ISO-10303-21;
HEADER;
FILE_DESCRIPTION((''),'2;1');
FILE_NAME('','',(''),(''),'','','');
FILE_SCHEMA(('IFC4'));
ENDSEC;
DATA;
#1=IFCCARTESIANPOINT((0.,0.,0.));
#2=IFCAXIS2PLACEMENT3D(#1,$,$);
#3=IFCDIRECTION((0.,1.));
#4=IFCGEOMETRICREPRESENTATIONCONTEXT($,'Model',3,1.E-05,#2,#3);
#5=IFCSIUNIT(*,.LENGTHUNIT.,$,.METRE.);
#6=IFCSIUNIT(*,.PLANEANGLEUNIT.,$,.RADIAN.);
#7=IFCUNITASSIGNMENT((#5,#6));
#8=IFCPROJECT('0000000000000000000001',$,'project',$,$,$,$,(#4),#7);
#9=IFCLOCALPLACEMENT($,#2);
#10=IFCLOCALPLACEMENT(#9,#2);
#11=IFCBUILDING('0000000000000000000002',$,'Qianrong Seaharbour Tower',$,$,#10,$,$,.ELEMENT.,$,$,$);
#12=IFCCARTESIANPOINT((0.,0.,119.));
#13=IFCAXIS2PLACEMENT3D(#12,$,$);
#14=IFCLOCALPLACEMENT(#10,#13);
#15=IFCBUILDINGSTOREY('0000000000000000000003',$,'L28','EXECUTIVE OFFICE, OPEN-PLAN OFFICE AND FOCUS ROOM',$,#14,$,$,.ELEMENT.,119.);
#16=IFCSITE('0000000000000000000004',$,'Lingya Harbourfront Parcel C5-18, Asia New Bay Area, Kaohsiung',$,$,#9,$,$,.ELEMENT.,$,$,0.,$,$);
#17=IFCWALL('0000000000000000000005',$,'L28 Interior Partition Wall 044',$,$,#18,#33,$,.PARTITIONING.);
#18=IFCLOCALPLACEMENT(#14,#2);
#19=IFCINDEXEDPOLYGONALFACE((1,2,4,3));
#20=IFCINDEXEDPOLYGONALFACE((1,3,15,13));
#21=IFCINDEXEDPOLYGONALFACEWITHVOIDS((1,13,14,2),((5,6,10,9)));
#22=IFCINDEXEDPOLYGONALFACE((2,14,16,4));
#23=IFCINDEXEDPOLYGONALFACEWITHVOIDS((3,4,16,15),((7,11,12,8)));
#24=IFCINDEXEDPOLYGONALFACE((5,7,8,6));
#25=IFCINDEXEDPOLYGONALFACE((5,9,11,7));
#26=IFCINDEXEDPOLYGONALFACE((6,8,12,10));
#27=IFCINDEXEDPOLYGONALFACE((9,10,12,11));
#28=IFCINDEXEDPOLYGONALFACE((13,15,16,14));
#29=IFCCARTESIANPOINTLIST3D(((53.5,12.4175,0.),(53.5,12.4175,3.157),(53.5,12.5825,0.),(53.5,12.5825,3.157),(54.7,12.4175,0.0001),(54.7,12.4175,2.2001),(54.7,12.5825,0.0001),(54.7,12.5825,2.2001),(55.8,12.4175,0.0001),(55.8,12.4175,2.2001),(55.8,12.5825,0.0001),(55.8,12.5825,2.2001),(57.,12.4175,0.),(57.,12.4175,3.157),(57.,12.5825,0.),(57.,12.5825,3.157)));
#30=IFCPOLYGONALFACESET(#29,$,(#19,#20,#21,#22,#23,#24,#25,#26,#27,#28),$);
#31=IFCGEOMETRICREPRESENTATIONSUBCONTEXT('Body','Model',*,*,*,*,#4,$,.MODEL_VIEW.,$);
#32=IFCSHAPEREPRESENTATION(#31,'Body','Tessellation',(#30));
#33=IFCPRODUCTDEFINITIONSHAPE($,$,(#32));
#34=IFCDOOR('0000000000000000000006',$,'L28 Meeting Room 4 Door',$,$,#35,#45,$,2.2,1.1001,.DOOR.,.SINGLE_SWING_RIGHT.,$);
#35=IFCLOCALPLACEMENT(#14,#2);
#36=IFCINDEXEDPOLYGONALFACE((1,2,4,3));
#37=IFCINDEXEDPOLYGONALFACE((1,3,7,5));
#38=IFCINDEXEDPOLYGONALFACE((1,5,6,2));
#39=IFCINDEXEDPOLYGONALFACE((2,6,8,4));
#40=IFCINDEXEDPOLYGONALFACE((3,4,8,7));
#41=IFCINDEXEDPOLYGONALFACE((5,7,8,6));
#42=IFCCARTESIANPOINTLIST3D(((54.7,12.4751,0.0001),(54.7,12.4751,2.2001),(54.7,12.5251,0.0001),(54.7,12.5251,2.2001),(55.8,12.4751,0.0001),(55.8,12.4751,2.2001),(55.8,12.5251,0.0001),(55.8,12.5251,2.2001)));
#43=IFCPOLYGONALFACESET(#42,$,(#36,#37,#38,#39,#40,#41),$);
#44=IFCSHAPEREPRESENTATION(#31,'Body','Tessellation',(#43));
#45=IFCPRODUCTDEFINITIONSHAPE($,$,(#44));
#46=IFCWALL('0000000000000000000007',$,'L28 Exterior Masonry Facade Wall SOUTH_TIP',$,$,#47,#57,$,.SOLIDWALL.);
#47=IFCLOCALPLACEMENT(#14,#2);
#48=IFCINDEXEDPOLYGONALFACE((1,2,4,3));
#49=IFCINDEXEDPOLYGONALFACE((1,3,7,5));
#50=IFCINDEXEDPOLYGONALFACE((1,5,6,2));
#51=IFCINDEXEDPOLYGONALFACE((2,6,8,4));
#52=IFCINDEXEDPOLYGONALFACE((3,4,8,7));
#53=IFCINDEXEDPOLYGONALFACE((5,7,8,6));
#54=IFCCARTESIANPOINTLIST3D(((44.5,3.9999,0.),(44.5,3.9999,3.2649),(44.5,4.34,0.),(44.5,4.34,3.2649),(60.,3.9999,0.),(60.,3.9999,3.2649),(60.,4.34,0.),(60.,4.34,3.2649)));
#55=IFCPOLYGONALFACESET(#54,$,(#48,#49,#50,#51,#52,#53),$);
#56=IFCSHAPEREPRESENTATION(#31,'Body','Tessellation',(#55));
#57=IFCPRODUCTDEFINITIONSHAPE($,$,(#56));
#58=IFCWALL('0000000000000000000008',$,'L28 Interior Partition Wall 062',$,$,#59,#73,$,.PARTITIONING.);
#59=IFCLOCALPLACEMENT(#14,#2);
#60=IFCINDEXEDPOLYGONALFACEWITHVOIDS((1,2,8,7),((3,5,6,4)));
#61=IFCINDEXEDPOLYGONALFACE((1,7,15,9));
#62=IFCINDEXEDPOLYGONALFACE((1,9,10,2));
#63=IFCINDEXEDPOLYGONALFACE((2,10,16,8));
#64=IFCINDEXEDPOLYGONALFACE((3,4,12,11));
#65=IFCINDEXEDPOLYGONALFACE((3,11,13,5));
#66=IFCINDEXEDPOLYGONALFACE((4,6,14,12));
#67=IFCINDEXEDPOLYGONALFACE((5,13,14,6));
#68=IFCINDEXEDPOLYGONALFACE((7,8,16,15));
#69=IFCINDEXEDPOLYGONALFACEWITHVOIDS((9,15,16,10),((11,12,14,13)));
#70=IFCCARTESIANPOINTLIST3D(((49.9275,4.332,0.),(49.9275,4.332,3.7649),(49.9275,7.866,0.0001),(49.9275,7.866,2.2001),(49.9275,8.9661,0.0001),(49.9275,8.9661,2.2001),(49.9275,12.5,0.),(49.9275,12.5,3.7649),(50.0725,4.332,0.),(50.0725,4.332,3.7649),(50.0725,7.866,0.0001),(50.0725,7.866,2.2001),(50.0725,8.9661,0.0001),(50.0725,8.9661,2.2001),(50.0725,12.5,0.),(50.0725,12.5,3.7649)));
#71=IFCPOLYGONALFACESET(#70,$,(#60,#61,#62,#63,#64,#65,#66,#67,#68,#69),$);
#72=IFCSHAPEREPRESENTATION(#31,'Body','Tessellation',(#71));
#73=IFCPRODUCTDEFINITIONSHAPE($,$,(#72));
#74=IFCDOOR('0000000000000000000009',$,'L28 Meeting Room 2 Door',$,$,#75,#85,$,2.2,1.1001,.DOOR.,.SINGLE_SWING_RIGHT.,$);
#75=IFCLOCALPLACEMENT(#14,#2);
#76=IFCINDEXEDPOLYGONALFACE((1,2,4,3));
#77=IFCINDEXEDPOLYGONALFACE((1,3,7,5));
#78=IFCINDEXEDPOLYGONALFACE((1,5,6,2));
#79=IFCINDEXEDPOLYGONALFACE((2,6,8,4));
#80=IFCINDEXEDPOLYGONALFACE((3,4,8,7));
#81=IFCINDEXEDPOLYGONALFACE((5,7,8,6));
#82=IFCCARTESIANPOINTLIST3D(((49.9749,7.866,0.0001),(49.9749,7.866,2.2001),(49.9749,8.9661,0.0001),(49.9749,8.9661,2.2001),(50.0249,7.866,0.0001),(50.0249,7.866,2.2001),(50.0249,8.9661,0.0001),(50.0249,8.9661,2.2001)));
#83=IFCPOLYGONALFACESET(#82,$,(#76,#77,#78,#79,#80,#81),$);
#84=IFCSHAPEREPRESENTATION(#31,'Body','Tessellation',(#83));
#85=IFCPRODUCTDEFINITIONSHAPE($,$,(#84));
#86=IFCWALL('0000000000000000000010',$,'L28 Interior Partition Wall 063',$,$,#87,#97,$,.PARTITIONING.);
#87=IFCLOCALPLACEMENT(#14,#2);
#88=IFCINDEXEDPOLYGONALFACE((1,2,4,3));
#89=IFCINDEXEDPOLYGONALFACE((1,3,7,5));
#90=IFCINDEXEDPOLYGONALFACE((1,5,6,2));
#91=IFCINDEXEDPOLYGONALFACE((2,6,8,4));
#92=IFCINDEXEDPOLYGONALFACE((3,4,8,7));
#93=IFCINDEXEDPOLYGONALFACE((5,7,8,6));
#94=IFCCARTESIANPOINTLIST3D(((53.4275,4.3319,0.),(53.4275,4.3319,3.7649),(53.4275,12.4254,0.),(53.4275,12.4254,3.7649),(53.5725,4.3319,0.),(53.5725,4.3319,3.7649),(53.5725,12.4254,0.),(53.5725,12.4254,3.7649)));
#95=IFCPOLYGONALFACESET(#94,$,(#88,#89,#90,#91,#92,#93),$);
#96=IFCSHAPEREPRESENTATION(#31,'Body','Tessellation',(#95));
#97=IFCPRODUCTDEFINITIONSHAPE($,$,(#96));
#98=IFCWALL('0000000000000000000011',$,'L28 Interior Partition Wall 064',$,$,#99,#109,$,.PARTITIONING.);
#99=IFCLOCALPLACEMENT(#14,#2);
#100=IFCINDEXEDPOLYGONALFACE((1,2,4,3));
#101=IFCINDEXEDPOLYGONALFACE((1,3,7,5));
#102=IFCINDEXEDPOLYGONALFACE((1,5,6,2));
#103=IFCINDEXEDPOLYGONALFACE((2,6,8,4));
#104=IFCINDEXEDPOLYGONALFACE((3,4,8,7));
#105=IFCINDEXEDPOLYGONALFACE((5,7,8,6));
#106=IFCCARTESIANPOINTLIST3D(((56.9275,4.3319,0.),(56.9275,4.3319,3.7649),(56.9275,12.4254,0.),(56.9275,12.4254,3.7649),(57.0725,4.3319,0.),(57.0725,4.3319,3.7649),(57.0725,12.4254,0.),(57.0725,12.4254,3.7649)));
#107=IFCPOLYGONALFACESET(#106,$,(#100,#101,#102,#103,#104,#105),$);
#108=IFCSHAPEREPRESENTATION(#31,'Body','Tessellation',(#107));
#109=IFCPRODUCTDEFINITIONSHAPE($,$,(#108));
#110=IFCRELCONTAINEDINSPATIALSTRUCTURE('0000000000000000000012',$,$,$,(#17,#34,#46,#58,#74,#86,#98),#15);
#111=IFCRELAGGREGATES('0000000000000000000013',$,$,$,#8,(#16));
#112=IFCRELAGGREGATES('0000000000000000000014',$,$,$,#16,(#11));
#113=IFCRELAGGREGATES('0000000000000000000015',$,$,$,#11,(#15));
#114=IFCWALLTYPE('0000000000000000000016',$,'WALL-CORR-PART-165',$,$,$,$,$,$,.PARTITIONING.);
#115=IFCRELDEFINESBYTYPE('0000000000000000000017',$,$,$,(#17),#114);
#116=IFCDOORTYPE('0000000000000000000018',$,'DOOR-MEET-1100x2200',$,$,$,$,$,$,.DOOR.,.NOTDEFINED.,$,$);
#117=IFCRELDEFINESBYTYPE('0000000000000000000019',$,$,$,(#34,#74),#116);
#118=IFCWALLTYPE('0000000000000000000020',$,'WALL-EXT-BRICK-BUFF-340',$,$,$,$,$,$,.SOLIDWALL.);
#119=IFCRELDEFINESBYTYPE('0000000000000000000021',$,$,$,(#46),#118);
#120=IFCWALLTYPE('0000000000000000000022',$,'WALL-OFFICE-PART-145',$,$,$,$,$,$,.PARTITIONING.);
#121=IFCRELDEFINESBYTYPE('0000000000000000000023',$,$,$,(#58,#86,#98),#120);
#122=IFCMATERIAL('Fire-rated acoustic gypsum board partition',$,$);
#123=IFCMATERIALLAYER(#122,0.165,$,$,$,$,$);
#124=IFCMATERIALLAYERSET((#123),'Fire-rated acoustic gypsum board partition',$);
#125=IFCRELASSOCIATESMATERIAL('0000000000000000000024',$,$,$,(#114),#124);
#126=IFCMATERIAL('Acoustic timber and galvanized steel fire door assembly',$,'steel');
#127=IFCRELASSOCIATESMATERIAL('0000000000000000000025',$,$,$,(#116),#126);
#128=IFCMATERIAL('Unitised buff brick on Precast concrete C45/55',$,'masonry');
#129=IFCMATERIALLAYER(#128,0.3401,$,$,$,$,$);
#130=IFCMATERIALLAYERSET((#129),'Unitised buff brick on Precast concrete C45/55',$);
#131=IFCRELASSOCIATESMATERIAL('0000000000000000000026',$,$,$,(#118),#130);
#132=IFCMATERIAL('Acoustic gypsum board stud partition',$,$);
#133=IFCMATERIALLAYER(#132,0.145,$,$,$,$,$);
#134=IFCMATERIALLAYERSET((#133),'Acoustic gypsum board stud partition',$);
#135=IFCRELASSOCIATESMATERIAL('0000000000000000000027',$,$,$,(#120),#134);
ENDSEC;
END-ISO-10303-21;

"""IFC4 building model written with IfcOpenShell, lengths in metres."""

from ifc_helpers import new_model, si_unit, direction, frame, frame_2d, origin, place, context, subcontext, project, spatial, rectangle, extrude, material, layer, layer_set, type_object, element, fill, save


model = new_model("IFC4")

# Units and contexts
model_context = context("Model", 3, precision=1e-05, world=origin(), true_north=direction((0.0, 1.0)))
body_context = subcontext(model_context, "Body", "Model", "MODEL_VIEW")
ifc_project = project(units=[si_unit("LENGTHUNIT", "METRE"), si_unit("PLANEANGLEUNIT", "RADIAN")], contexts=[model_context])

# Site, building, storey
site_placement = place(None, origin())
site = spatial("IfcSite", under=ifc_project, at=site_placement, Name="Lingya Harbourfront Parcel C5-18, Asia New Bay Area, Kaohsiung", CompositionType="ELEMENT", RefElevation=0.0)
building_placement = place(site_placement, origin())
building = spatial("IfcBuilding", under=site, at=building_placement, Name="Qianrong Seaharbour Tower", CompositionType="ELEMENT")
storey_placement = place(building_placement, frame((0.0, 0.0, 119.0)))
storey = spatial("IfcBuildingStorey", under=building, at=storey_placement, Name="L28", Description="EXECUTIVE OFFICE, OPEN-PLAN OFFICE AND FOCUS ROOM", CompositionType="ELEMENT", Elevation=119.0)

# Wall, opening, door
ifc_material_1 = material(Name="Fire-rated acoustic gypsum board partition")
ifc_layer_1 = layer(ifc_material_1, 0.165)
ifc_layer_set_1 = layer_set([ifc_layer_1], Name="Fire-rated acoustic gypsum board partition")
wall_type_1 = type_object("IfcWallType", Name="WALL-CORR-PART-165", PredefinedType="PARTITIONING", material=ifc_layer_set_1)
ifc_material_2 = material(Name="Acoustic timber and galvanized steel fire door assembly", Category="steel")
wall_1_placement = place(storey_placement, frame((57.0, 12.5, 0.0), z_axis=(0.0, 0.0, 1.0), x_axis=(-1.0, 0.0, 0.0)))
wall_1 = element("IfcWall", 1, at=wall_1_placement, inside=storey, type_object=wall_type_1, Name="L28 Interior Partition Wall 044", PredefinedType="PARTITIONING", context=body_context, shape_type="SweptSolid", body=[
    extrude(rectangle(XDim=3.5, YDim=0.165, at=frame_2d((1.75, 0.0))), origin(), (0.0, 0.0, 1.0), 3.157),
])
opening_1_placement = place(wall_1_placement, frame((1.2, 0.0, 0.0)))
opening_1 = element("IfcOpeningElement", 2, at=opening_1_placement, cuts=wall_1, PredefinedType="OPENING", context=body_context, shape_type="SweptSolid", body=[
    extrude(rectangle(XDim=1.1001, YDim=2.2, at=frame_2d((0.55, 1.1001))), frame((0.0, 0.0925, 0.0), z_axis=(0.0, -1.0, 0.0), x_axis=(1.0, 0.0, 0.0)), (0.0, 0.0, 1.0), 0.1851),
])
door_type_1 = type_object("IfcDoorType", Name="DOOR-MEET-1100x2200", OperationType="NOTDEFINED", PredefinedType="DOOR", material=ifc_material_2)
door_1_placement = place(opening_1_placement, origin())
door_1 = element("IfcDoor", 3, at=door_1_placement, inside=storey, type_object=door_type_1, Name="L28 Meeting Room 4 Door", OperationType="SINGLE_SWING_RIGHT", OverallHeight=2.2, OverallWidth=1.1001, PredefinedType="DOOR", context=body_context, shape_type="SweptSolid", body=[
    extrude(rectangle(XDim=1.1001, YDim=2.2, at=frame_2d((0.55, 1.1001))), frame((0.0, 0.0249, 0.0), z_axis=(0.0, -1.0, 0.0), x_axis=(1.0, 0.0, 0.0)), (0.0, 0.0, 1.0), 0.05),
])
fill(opening_1, door_1)

# Wall
ifc_material_3 = material(Name="Unitised buff brick on Precast concrete C45/55", Category="masonry")
ifc_layer_2 = layer(ifc_material_3, 0.3401)
ifc_layer_set_2 = layer_set([ifc_layer_2], Name="Unitised buff brick on Precast concrete C45/55")
wall_type_2 = type_object("IfcWallType", Name="WALL-EXT-BRICK-BUFF-340", PredefinedType="SOLIDWALL", material=ifc_layer_set_2)
wall_2_placement = place(storey_placement, frame((60.0, 4.1699, 0.0), z_axis=(0.0, 0.0, 1.0), x_axis=(-1.0, 0.0, 0.0)))
element("IfcWall", 4, at=wall_2_placement, inside=storey, type_object=wall_type_2, Name="L28 Exterior Masonry Facade Wall SOUTH_TIP", PredefinedType="SOLIDWALL", context=body_context, shape_type="SweptSolid", body=[
    extrude(rectangle(XDim=15.5, YDim=0.3401, at=frame_2d((7.75, 0.0))), origin(), (0.0, 0.0, 1.0), 3.2649),
])

# Wall, opening, door
ifc_material_4 = material(Name="Acoustic gypsum board stud partition")
ifc_layer_3 = layer(ifc_material_4, 0.145)
ifc_layer_set_3 = layer_set([ifc_layer_3], Name="Acoustic gypsum board stud partition")
wall_type_3 = type_object("IfcWallType", Name="WALL-OFFICE-PART-145", PredefinedType="PARTITIONING", material=ifc_layer_set_3)
wall_3_placement = place(storey_placement, frame((50.0, 12.5, 0.0), z_axis=(0.0, 0.0, 1.0), x_axis=(0.0, -1.0, 0.0)))
wall_3 = element("IfcWall", 5, at=wall_3_placement, inside=storey, type_object=wall_type_3, Name="L28 Interior Partition Wall 062", PredefinedType="PARTITIONING", context=body_context, shape_type="SweptSolid", body=[
    extrude(rectangle(XDim=8.168, YDim=0.145, at=frame_2d((4.084, 0.0))), origin(), (0.0, 0.0, 1.0), 3.7649),
])
opening_2_placement = place(wall_3_placement, frame((3.5339, 0.0, 0.0)))
opening_2 = element("IfcOpeningElement", 6, at=opening_2_placement, cuts=wall_3, PredefinedType="OPENING", context=body_context, shape_type="SweptSolid", body=[
    extrude(rectangle(XDim=1.1001, YDim=2.2, at=frame_2d((0.55, 1.1001))), frame((0.0, 0.0825, 0.0), z_axis=(0.0, -1.0, 0.0), x_axis=(1.0, 0.0, 0.0)), (0.0, 0.0, 1.0), 0.165),
])
door_2_placement = place(opening_2_placement, origin())
door_2 = element("IfcDoor", 7, at=door_2_placement, inside=storey, type_object=door_type_1, Name="L28 Meeting Room 2 Door", OperationType="SINGLE_SWING_RIGHT", OverallHeight=2.2, OverallWidth=1.1001, PredefinedType="DOOR", context=body_context, shape_type="SweptSolid", body=[
    extrude(rectangle(XDim=1.1001, YDim=2.2, at=frame_2d((0.55, 1.1001))), frame((0.0, 0.0249, 0.0), z_axis=(0.0, -1.0, 0.0), x_axis=(1.0, 0.0, 0.0)), (0.0, 0.0, 1.0), 0.05),
])
fill(opening_2, door_2)

# Walls
for number, where, z_axis, x_axis, name in (
    (8, (53.5, 12.4255, 0.0), (0.0, 0.0, 1.0), (0.0, -1.0, 0.0), "L28 Interior Partition Wall 063"),
    (9, (57.0, 12.4255, 0.0), (0.0, 0.0, 1.0), (0.0, -1.0, 0.0), "L28 Interior Partition Wall 064"),
):
    element("IfcWall", number, at=place(storey_placement, frame(where, z_axis=z_axis, x_axis=x_axis)), inside=storey, type_object=wall_type_3, Name=name, PredefinedType="PARTITIONING", context=body_context, shape_type="SweptSolid", body=[
        extrude(rectangle(XDim=8.0935, YDim=0.145, at=frame_2d((4.0469, 0.0))), origin(), (0.0, 0.0, 1.0), 3.7649),
    ])

save(model, "model.ifc")
